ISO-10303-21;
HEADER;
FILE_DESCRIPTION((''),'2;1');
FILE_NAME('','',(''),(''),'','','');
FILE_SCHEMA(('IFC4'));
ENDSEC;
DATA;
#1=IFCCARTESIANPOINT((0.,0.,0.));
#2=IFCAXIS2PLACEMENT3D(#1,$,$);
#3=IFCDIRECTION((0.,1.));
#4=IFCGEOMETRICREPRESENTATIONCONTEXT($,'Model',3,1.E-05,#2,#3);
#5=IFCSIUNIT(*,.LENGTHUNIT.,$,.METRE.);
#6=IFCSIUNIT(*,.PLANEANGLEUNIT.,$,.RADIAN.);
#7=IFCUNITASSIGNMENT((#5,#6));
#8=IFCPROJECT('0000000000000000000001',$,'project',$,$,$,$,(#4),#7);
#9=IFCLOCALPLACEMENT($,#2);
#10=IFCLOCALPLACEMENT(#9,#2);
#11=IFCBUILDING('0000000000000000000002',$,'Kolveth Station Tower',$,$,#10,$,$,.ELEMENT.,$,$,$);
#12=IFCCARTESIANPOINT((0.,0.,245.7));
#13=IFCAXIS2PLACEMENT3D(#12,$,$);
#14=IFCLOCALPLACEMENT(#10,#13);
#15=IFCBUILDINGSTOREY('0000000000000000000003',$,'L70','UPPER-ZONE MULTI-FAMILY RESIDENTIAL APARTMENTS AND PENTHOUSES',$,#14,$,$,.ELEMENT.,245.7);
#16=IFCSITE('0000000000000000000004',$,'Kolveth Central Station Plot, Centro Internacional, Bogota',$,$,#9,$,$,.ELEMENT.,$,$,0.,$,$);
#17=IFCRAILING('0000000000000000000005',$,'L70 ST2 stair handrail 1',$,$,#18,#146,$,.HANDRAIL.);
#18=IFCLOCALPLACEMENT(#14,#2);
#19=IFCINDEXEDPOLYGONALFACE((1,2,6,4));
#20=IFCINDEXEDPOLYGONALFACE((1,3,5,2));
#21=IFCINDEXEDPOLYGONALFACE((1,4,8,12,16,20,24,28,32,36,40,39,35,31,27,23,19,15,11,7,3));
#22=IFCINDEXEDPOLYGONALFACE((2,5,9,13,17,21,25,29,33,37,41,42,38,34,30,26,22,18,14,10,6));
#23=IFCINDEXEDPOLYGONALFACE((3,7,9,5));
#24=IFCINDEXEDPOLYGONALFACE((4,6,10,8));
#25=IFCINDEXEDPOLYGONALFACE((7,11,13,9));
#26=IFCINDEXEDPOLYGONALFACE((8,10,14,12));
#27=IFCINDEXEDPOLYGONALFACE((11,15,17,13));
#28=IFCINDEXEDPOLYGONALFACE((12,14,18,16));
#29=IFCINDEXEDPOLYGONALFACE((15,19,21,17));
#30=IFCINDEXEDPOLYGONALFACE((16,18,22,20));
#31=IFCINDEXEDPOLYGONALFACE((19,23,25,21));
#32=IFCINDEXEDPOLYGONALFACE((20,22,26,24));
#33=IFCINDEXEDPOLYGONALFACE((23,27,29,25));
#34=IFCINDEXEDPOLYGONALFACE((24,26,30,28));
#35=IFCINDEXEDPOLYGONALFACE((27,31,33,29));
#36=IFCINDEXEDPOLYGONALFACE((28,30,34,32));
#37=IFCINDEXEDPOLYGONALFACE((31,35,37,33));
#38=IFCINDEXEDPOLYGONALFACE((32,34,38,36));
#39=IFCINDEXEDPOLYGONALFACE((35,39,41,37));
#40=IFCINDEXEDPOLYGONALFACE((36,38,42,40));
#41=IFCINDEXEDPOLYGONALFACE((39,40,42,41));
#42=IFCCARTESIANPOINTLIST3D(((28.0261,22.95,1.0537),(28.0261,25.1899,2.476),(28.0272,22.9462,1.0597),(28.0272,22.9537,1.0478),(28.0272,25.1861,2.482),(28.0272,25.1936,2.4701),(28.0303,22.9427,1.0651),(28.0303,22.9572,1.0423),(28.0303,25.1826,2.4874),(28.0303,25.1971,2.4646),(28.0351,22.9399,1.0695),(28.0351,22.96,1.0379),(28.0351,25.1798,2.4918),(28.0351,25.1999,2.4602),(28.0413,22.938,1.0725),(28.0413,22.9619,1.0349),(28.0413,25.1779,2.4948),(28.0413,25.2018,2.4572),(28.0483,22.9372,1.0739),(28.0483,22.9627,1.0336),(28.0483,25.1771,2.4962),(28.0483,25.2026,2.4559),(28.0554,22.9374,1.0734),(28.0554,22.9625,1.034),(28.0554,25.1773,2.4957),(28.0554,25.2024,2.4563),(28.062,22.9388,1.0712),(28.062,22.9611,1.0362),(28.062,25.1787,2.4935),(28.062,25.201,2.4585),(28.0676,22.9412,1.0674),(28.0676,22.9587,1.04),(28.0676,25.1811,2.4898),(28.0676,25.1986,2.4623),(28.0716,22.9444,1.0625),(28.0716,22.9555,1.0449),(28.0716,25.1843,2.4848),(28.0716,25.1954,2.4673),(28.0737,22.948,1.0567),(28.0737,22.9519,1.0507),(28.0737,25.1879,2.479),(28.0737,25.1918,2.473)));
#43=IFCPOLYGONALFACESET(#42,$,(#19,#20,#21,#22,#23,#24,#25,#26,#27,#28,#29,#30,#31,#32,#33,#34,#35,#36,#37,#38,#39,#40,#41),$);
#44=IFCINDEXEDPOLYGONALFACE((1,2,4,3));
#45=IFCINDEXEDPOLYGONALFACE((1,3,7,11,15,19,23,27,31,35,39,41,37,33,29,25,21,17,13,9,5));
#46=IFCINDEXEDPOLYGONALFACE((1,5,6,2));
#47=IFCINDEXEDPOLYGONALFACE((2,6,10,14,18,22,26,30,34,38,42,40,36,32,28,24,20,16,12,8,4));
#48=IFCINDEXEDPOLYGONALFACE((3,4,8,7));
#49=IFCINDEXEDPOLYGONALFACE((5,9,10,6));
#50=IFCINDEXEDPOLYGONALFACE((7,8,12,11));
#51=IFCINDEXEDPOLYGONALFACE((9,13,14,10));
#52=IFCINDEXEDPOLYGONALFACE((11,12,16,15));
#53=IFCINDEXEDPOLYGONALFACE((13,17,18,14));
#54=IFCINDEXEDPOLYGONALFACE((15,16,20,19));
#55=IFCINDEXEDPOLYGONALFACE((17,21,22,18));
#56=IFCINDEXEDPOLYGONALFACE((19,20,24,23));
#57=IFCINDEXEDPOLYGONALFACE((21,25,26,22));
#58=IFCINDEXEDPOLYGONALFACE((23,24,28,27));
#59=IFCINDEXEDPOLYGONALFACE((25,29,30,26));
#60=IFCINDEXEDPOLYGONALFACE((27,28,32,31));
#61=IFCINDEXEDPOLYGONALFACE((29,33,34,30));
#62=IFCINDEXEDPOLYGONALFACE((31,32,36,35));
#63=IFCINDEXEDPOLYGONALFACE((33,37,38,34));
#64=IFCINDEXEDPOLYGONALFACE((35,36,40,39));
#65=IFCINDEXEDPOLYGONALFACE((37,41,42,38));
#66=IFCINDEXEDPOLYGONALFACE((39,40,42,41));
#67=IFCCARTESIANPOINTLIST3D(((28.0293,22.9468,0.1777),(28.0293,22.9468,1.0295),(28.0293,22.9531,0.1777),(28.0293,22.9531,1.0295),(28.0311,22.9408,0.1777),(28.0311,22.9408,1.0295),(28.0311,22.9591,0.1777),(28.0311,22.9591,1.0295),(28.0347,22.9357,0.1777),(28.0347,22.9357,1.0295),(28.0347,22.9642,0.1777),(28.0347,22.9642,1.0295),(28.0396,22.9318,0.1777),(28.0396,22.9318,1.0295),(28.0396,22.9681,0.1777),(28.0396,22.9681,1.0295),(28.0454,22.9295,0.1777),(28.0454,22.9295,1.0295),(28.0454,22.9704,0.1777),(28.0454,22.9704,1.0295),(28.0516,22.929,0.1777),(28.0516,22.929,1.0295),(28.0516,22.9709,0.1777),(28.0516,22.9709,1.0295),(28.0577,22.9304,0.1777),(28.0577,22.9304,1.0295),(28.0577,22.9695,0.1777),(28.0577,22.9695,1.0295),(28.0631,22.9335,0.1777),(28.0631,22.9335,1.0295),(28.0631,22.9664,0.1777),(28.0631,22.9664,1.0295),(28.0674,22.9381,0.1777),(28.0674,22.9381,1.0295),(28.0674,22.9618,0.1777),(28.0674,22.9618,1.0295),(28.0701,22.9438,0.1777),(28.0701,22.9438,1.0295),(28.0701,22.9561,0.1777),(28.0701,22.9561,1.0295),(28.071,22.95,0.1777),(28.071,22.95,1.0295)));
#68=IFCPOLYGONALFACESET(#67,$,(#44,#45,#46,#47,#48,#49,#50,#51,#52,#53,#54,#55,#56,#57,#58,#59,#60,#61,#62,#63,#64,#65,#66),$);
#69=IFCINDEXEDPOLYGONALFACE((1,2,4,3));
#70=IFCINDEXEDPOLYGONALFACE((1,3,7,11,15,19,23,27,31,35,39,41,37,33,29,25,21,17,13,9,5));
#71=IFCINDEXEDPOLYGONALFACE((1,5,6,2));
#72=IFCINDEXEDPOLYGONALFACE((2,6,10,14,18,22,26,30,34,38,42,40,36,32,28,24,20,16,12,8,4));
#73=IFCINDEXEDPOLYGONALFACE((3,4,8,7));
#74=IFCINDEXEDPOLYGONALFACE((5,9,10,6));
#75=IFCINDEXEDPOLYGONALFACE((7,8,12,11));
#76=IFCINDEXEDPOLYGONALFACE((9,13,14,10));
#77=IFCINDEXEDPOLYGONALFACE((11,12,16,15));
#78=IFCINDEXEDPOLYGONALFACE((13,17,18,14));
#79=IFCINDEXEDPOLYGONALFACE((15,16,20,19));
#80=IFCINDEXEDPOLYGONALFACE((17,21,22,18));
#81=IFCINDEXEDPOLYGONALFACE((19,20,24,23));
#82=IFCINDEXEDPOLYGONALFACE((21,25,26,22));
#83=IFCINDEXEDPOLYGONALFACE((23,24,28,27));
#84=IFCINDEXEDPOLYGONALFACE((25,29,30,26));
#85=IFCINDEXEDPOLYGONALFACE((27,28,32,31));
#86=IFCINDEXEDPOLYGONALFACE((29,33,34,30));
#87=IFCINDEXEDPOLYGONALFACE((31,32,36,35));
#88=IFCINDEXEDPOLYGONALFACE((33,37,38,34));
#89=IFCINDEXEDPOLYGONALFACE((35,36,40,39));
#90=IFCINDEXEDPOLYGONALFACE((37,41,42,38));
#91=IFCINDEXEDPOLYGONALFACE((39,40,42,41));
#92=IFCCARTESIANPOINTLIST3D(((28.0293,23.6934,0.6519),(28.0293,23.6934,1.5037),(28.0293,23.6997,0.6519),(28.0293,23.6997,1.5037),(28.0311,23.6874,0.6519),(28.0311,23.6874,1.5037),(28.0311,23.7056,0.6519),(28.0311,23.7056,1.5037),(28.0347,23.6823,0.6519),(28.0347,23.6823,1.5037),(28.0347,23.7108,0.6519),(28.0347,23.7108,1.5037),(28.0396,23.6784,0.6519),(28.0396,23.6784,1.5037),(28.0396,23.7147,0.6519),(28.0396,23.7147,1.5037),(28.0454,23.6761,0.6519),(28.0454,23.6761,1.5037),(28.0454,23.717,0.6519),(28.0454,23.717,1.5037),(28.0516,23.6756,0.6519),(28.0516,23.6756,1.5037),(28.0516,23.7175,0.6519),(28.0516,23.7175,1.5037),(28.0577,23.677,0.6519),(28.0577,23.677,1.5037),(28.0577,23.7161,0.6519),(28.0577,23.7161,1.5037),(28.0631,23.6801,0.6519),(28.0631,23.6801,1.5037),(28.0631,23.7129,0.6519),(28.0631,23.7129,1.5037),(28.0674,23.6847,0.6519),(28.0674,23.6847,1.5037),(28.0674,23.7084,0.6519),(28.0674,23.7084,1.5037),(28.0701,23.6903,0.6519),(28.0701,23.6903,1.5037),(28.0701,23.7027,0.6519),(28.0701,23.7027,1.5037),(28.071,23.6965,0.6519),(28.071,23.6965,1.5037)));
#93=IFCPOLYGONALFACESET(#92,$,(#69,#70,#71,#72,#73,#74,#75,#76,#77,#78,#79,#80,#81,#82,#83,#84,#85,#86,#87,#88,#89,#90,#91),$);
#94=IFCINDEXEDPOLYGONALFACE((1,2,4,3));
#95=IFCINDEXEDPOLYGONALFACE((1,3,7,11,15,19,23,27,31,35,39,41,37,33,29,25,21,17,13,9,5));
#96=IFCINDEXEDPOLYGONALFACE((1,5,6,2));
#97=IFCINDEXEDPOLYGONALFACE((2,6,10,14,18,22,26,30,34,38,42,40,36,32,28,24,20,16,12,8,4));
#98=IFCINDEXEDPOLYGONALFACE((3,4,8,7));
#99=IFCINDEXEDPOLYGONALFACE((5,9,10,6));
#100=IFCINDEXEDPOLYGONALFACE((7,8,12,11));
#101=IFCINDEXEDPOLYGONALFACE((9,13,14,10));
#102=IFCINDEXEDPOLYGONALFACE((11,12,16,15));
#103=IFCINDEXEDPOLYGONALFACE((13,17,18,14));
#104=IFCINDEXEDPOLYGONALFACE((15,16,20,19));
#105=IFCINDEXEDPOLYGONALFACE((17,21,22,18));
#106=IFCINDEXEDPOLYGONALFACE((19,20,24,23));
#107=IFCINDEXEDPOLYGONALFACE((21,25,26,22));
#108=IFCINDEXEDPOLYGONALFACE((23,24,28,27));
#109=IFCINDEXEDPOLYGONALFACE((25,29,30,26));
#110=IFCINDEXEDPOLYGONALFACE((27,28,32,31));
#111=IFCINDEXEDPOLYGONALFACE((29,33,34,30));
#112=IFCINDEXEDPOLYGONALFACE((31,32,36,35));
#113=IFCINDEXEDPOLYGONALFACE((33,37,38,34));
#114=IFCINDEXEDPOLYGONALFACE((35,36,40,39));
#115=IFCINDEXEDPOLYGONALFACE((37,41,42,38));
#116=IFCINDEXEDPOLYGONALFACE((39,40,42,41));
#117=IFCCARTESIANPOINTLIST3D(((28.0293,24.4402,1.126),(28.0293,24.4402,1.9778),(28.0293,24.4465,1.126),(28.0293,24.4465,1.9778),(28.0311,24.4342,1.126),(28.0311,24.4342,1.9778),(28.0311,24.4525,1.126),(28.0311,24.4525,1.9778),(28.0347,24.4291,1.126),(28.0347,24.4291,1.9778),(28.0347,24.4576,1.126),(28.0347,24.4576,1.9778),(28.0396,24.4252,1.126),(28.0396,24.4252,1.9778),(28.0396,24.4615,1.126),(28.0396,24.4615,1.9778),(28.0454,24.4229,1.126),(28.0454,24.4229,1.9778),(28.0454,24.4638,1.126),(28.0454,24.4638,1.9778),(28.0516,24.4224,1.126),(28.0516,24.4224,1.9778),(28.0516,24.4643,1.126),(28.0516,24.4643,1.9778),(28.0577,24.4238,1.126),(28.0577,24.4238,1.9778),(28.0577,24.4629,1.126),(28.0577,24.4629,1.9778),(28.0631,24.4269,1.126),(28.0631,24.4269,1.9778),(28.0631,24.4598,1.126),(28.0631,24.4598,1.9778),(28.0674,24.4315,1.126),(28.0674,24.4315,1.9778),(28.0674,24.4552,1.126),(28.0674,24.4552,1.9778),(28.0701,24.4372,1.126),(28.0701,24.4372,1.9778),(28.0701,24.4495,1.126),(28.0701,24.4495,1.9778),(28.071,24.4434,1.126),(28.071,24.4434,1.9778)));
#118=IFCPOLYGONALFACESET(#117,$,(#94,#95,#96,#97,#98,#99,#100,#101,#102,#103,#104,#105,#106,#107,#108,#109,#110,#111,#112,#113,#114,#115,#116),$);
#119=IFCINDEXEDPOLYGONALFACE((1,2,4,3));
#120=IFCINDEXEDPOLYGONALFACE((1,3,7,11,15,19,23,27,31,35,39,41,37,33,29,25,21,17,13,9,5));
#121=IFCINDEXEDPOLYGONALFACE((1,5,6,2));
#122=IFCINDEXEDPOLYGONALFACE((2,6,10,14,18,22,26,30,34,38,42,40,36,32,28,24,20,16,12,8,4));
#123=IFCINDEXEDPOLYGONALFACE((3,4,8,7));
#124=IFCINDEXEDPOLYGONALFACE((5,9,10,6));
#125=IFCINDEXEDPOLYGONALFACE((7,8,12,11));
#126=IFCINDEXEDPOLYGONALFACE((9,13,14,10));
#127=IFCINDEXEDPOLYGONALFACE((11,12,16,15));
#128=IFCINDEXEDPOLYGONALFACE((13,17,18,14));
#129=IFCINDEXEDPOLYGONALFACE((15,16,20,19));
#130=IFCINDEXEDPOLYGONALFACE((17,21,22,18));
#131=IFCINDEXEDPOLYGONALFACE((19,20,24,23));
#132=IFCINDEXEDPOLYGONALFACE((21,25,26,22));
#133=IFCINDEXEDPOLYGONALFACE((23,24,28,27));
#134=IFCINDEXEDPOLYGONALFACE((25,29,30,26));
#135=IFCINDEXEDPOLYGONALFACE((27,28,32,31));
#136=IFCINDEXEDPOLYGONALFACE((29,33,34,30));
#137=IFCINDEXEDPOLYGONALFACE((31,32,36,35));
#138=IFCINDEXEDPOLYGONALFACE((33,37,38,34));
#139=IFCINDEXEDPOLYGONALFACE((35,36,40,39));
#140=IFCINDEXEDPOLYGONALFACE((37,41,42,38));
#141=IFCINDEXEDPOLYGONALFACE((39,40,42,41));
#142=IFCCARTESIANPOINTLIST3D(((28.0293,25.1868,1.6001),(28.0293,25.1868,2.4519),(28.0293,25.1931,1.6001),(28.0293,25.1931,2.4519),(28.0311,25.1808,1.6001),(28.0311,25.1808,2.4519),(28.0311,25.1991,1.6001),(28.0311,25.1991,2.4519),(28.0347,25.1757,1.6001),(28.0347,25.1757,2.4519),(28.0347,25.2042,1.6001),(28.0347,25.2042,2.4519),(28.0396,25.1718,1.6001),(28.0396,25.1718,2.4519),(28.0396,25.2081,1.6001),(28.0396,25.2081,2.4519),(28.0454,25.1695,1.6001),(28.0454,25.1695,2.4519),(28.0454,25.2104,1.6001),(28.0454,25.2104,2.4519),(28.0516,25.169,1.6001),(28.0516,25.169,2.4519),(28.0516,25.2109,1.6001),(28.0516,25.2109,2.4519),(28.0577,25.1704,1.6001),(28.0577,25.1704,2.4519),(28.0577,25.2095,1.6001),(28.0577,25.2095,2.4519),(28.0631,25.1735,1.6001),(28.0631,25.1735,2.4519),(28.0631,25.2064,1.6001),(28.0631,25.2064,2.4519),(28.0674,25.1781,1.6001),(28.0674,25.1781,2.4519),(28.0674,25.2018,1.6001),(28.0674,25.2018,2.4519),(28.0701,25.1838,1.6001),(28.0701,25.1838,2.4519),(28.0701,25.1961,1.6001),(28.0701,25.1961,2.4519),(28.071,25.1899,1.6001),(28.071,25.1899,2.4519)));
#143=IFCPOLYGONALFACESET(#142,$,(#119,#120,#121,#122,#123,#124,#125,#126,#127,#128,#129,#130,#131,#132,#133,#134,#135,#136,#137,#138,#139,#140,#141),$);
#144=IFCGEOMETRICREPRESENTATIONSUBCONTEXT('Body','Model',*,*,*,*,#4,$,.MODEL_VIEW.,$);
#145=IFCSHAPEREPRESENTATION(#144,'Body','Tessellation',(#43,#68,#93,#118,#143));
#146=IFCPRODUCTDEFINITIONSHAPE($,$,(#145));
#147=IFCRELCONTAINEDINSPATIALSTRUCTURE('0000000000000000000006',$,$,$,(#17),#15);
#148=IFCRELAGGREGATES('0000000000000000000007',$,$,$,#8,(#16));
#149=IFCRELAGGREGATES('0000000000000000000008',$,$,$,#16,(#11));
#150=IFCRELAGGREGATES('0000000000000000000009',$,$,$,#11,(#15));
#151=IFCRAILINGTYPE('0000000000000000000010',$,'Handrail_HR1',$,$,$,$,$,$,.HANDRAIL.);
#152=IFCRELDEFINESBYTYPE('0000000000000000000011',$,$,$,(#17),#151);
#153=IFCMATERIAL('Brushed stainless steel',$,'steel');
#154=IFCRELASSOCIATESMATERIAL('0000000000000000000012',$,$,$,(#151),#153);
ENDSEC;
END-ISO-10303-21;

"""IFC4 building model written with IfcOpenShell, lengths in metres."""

from ifc_helpers import new_model, si_unit, direction, frame, origin, origin_2d, place, context, subcontext, project, spatial, circle, extrude, material, type_object, element, save


model = new_model("IFC4")

# Units and contexts
model_context = context("Model", 3, precision=1e-05, world=origin(), true_north=direction((0.0, 1.0)))
body_context = subcontext(model_context, "Body", "Model", "MODEL_VIEW")
ifc_project = project(units=[si_unit("LENGTHUNIT", "METRE"), si_unit("PLANEANGLEUNIT", "RADIAN")], contexts=[model_context])

# Site, building, storey
site_placement = place(None, origin())
site = spatial("IfcSite", under=ifc_project, at=site_placement, Name="Kolveth Central Station Plot, Centro Internacional, Bogota", CompositionType="ELEMENT", RefElevation=0.0)
building_placement = place(site_placement, origin())
building = spatial("IfcBuilding", under=site, at=building_placement, Name="Kolveth Station Tower", CompositionType="ELEMENT")
storey_placement = place(building_placement, frame((0.0, 0.0, 245.7)))
storey = spatial("IfcBuildingStorey", under=building, at=storey_placement, Name="L70", Description="UPPER-ZONE MULTI-FAMILY RESIDENTIAL APARTMENTS AND PENTHOUSES", CompositionType="ELEMENT", Elevation=245.7)

# Railing
ifc_material_1 = material(Name="Brushed stainless steel", Category="steel")
railing_type_1 = type_object("IfcRailingType", Name="Handrail_HR1", PredefinedType="HANDRAIL", material=ifc_material_1)
railing_1_placement = place(storey_placement, frame((28.05, 22.95, 0.1777)))
element("IfcRailing", 1, at=railing_1_placement, inside=storey, type_object=railing_type_1, Name="L70 ST2 stair handrail 1", PredefinedType="HANDRAIL", context=body_context, shape_type="SweptSolid", body=[
    extrude(circle(Radius=0.0239, at=origin_2d()), frame((0.0, 0.0, 0.876), z_axis=(0.0, 0.844188, 0.536048), x_axis=(-1.0, 0.0, 0.0)), (0.0, 0.0, 1.0), 2.6533),
    extrude(circle(Radius=0.021, at=origin_2d()), origin(), (0.0, 0.0, 1.0), 0.8518),
    extrude(circle(Radius=0.021, at=origin_2d()), frame((0.0, 0.7466, 0.4741)), (0.0, 0.0, 1.0), 0.8518),
    extrude(circle(Radius=0.021, at=origin_2d()), frame((0.0, 1.4934, 0.9482)), (0.0, 0.0, 1.0), 0.8518),
    extrude(circle(Radius=0.021, at=origin_2d()), frame((0.0, 2.24, 1.4224)), (0.0, 0.0, 1.0), 0.8518),
])

save(model, "model.ifc")
